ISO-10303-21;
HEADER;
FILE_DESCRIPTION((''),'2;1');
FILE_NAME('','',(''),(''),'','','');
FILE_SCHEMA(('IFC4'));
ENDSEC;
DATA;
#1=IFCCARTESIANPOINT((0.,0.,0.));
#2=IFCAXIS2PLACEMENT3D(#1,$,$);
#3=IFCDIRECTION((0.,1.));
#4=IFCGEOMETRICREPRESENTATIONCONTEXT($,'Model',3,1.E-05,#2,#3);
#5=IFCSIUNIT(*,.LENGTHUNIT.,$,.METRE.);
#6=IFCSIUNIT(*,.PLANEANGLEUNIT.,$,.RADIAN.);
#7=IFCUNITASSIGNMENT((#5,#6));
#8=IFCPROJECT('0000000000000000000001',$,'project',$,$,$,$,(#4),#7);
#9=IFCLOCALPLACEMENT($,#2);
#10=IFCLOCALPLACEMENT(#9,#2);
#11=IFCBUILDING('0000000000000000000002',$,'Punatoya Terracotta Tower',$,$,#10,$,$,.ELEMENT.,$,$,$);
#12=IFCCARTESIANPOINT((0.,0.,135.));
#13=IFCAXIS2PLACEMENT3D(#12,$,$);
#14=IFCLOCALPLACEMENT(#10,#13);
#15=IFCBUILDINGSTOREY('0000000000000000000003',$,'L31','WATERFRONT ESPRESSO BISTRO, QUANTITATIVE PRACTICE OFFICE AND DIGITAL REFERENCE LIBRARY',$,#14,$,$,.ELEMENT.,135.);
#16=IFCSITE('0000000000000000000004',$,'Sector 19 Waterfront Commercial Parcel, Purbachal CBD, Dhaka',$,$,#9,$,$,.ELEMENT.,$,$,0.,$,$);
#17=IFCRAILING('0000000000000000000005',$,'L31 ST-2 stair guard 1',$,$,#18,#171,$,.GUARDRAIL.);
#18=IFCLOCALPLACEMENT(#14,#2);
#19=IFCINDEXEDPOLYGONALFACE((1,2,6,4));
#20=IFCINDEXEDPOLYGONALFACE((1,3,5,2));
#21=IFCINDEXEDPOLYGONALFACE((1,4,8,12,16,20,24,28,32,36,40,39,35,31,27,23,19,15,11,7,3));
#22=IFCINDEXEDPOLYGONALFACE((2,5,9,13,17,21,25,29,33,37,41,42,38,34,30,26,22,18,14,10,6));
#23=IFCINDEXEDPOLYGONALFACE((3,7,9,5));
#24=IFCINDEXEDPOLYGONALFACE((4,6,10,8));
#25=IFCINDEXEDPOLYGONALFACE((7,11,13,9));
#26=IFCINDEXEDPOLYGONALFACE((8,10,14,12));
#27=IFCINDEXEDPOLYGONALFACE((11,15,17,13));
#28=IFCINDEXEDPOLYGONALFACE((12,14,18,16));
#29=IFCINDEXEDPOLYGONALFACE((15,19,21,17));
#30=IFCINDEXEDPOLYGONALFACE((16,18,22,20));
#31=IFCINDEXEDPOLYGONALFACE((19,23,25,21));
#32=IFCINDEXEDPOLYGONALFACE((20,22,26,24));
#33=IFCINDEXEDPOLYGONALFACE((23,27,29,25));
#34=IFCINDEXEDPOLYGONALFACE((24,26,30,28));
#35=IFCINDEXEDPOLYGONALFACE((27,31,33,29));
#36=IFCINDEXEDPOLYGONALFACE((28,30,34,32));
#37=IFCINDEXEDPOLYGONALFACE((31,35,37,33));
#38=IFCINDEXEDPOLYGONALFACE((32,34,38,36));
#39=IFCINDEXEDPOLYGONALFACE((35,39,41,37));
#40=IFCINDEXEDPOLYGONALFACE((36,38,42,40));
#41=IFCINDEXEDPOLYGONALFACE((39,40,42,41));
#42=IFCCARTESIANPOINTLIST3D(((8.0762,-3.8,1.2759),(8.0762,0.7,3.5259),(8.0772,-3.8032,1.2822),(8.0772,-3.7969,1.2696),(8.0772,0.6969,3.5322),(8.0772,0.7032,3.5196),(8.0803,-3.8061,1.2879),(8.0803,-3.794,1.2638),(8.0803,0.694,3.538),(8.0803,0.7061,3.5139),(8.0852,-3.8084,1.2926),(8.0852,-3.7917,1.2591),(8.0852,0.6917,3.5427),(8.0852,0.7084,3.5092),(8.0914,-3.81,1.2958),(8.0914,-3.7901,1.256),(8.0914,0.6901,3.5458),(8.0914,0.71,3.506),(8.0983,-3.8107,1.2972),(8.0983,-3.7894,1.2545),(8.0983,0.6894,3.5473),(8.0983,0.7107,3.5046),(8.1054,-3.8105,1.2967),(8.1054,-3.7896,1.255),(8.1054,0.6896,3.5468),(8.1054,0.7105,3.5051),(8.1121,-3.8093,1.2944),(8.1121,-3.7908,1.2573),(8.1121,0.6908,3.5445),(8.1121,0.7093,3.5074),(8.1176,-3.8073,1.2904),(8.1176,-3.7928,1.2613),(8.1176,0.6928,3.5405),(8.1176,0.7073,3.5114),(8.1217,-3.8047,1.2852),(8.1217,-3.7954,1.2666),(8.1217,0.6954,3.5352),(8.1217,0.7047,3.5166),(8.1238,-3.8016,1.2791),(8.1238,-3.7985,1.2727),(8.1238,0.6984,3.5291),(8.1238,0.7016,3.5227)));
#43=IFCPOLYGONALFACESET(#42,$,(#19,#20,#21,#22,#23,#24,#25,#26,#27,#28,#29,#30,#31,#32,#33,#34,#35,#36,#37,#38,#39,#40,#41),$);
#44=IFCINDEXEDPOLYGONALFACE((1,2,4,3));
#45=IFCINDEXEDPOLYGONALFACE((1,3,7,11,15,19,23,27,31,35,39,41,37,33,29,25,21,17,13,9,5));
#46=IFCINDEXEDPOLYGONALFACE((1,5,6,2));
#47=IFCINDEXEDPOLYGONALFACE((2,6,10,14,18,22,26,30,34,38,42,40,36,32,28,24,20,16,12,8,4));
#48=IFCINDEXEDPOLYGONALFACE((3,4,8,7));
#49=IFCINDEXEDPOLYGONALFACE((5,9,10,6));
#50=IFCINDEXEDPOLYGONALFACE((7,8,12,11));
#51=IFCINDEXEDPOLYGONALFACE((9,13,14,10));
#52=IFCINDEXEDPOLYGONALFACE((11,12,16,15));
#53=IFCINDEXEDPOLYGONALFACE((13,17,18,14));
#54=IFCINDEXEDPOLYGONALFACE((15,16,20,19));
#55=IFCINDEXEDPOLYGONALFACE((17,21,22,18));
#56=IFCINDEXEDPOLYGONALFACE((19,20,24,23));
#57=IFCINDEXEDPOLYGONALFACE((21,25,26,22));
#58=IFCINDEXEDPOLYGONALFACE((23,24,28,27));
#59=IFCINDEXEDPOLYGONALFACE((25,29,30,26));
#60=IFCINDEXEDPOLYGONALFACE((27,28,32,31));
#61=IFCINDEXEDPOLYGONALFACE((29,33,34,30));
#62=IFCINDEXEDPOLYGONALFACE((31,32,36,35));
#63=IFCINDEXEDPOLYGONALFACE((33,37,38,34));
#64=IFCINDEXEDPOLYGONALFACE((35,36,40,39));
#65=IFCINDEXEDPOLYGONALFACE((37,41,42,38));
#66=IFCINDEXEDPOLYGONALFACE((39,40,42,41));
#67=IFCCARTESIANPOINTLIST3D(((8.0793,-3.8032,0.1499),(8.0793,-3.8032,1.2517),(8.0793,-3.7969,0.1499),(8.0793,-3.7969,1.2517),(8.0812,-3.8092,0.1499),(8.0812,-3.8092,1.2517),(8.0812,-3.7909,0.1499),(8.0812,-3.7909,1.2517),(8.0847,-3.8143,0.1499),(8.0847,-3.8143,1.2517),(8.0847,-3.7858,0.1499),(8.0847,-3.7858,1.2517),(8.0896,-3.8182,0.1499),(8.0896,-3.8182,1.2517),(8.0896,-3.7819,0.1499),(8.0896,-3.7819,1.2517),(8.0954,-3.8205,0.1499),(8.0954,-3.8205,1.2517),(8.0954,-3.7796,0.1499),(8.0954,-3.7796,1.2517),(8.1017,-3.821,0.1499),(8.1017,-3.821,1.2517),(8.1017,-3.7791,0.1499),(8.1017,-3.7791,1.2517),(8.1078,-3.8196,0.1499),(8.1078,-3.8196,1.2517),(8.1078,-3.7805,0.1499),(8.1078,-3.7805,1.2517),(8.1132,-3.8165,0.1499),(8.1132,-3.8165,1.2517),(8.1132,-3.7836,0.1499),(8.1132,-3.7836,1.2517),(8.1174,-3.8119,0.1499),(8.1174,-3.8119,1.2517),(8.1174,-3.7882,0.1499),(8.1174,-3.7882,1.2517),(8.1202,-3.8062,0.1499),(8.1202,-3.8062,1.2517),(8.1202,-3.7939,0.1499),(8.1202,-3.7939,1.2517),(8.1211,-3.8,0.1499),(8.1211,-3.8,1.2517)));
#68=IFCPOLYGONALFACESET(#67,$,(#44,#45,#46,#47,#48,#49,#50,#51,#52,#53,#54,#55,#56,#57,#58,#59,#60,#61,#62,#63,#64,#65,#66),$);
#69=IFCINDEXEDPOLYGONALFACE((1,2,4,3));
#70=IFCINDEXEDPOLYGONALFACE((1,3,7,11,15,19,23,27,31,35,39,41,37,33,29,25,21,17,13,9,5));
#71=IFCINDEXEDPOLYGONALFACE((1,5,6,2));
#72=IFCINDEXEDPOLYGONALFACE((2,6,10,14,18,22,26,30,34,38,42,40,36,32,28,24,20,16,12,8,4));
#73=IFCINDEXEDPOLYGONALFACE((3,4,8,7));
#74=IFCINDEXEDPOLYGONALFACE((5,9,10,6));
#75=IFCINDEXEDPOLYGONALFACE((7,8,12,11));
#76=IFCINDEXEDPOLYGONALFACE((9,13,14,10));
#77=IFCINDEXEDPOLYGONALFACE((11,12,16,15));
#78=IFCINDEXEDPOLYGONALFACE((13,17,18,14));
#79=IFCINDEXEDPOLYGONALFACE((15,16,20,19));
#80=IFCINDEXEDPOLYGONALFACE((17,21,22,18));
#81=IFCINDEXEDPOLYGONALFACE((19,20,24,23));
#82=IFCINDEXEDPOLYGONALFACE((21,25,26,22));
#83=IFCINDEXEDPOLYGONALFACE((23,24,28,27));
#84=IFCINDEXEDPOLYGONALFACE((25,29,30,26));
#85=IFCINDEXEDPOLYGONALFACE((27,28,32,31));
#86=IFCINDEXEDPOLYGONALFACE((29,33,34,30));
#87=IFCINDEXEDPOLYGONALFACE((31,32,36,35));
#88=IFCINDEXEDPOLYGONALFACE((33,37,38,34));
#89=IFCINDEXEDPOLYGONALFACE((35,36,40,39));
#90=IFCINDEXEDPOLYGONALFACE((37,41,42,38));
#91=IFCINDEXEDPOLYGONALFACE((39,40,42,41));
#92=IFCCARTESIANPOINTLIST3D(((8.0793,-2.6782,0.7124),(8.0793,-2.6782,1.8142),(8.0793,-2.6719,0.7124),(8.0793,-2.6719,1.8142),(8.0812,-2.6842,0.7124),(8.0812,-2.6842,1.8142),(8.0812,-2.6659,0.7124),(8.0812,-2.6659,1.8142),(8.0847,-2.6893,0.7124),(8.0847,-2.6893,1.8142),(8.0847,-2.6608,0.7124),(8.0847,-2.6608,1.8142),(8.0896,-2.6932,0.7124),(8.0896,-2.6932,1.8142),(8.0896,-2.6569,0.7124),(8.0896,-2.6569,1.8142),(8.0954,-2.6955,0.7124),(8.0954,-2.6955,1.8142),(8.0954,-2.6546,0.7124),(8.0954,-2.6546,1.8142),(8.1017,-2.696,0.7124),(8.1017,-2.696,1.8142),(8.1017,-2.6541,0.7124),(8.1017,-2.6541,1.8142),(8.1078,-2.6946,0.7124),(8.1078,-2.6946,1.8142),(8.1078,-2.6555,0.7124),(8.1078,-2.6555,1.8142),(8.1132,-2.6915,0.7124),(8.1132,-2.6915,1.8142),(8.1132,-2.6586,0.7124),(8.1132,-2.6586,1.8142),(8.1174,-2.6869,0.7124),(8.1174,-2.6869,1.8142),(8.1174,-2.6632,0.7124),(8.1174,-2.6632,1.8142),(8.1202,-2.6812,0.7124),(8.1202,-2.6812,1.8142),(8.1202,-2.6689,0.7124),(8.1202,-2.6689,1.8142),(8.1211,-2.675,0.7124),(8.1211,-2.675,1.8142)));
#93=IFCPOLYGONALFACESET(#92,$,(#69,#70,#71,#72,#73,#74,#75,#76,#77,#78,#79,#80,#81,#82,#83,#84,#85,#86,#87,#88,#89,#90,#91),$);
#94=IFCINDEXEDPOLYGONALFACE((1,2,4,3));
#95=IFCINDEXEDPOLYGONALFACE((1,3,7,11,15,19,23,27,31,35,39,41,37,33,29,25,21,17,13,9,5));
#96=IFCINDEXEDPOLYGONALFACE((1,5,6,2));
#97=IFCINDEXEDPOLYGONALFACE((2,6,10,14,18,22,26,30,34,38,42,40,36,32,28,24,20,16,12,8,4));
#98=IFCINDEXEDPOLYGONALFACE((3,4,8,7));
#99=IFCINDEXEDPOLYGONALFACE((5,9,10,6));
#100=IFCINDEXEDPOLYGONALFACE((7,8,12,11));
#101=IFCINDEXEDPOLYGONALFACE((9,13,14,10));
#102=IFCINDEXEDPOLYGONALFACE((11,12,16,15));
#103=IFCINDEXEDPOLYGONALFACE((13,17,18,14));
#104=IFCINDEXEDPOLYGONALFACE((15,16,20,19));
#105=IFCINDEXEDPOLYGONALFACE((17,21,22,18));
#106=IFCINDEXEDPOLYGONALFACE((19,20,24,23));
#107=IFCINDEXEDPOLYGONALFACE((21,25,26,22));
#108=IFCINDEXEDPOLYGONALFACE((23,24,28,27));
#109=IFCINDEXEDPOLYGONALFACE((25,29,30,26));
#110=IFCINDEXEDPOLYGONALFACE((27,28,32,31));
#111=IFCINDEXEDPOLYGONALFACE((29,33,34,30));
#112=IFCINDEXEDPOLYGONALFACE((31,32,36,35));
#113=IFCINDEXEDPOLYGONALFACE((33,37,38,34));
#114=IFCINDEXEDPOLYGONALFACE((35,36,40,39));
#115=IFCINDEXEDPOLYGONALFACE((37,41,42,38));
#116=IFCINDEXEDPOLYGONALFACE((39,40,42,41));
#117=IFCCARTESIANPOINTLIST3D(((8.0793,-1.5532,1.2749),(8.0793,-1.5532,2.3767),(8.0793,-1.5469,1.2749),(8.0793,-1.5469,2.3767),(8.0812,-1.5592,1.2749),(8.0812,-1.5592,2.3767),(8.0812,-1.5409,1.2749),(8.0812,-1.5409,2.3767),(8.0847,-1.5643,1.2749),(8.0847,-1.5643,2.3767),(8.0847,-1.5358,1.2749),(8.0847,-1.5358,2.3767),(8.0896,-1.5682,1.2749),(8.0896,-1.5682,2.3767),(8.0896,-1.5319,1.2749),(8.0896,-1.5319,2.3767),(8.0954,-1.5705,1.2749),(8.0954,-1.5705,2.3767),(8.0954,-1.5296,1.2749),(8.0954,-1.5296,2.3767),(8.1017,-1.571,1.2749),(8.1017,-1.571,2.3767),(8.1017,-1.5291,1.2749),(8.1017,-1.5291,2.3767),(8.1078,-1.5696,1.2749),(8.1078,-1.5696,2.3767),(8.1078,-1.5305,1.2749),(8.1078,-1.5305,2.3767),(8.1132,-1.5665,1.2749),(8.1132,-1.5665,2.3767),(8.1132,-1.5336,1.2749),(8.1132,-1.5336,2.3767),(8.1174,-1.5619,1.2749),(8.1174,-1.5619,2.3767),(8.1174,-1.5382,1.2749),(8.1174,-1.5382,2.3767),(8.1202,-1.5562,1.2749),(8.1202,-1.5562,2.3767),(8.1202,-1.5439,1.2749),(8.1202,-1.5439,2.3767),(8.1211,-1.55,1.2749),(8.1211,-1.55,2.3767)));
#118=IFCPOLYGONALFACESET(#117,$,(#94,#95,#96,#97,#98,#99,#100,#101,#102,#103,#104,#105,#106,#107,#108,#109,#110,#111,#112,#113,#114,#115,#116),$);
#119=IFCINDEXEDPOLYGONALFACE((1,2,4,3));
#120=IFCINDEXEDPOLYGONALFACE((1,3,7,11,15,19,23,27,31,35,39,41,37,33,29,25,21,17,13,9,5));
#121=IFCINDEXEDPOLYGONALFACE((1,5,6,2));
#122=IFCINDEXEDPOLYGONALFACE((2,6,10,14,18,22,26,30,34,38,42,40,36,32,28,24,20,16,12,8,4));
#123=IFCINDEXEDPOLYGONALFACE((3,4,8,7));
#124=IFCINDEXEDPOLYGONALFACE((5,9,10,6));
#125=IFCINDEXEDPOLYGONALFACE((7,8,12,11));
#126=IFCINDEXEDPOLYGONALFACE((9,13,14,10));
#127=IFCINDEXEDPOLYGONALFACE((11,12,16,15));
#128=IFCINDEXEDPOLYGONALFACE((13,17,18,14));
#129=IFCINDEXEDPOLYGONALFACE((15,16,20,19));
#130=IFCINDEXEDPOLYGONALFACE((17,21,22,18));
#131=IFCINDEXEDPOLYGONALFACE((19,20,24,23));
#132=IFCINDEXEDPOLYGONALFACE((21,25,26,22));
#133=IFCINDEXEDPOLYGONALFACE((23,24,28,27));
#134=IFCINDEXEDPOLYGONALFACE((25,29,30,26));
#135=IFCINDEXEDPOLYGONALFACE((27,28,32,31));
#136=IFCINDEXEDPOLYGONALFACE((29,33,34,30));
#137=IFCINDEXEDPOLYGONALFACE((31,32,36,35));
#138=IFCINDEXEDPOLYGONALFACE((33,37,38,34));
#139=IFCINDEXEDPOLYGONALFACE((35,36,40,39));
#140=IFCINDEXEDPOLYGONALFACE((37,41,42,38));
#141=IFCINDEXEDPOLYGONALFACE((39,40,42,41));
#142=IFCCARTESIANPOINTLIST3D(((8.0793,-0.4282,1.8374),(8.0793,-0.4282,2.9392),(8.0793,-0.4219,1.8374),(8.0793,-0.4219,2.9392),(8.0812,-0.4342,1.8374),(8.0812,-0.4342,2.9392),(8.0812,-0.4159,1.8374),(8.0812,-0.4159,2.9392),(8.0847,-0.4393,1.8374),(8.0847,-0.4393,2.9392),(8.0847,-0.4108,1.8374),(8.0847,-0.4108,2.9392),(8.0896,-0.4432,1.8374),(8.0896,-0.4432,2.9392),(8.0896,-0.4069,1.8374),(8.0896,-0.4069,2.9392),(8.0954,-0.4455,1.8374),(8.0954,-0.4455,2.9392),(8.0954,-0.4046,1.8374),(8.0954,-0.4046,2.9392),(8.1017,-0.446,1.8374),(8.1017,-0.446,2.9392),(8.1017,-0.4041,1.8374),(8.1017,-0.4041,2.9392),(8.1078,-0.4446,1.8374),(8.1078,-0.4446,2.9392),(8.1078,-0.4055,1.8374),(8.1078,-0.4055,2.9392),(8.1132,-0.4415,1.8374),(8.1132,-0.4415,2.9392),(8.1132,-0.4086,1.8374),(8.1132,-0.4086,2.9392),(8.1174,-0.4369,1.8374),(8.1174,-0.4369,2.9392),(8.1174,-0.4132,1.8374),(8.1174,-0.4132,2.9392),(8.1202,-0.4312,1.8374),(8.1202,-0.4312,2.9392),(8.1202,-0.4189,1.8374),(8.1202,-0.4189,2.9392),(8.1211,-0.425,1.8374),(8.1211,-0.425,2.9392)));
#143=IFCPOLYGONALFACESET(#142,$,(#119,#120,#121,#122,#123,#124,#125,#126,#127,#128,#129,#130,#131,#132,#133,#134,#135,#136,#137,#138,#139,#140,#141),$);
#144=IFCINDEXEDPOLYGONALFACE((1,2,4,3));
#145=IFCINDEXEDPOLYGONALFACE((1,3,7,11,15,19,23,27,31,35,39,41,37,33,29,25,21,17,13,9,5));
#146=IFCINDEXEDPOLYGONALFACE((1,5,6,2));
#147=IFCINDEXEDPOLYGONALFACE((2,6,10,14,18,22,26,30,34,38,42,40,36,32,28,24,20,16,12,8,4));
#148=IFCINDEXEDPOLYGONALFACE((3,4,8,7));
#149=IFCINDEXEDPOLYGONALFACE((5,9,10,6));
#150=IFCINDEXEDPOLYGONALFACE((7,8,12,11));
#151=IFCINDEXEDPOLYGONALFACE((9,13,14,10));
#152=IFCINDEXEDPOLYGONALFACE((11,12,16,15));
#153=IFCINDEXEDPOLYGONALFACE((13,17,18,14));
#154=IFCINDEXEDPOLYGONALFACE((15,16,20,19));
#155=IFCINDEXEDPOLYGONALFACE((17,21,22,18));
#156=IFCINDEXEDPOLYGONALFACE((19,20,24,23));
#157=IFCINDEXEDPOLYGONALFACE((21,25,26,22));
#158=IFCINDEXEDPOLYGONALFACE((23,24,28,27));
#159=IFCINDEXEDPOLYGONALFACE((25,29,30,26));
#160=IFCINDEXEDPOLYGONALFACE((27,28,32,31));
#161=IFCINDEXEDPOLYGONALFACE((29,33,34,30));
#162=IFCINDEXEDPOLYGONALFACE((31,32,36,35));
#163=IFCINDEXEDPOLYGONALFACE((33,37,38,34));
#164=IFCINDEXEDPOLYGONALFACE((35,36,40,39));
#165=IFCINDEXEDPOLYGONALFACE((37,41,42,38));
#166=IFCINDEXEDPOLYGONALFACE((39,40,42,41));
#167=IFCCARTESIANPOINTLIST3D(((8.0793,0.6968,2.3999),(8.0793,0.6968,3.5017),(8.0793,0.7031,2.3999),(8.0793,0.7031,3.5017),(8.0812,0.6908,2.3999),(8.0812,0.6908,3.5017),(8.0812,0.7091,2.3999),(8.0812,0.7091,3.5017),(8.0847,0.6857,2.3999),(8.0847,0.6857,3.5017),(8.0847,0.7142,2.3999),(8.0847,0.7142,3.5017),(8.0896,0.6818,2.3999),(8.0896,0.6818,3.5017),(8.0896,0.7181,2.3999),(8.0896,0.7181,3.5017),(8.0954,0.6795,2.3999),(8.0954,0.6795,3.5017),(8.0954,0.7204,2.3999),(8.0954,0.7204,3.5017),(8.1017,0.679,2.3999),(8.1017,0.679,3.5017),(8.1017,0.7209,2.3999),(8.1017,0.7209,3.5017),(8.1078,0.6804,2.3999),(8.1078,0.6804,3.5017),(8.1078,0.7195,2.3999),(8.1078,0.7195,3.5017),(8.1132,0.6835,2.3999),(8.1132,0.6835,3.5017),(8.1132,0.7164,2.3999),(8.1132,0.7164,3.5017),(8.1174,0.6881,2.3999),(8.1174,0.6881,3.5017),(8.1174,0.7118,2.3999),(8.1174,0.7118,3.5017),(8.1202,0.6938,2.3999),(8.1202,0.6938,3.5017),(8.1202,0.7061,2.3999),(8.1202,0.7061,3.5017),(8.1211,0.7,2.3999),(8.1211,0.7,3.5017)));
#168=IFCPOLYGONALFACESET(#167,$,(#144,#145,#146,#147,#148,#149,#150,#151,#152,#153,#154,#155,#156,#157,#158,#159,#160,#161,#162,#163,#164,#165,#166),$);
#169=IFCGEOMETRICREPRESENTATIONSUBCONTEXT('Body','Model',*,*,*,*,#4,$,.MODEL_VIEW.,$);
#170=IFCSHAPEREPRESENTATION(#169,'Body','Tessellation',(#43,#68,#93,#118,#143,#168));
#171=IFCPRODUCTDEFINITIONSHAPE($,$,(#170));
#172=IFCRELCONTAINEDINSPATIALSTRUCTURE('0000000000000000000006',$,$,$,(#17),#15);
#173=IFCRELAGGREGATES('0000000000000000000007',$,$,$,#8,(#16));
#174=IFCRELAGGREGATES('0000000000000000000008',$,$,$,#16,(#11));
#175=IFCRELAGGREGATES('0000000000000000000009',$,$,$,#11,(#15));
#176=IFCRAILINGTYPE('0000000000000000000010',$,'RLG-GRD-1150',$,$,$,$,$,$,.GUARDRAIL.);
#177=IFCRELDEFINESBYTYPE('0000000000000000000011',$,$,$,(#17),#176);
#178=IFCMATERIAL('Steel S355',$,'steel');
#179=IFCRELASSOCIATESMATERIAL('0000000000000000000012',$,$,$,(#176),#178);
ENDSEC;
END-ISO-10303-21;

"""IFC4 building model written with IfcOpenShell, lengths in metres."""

from ifc_helpers import new_model, si_unit, direction, frame, origin, origin_2d, place, context, subcontext, project, spatial, circle, extrude, material, type_object, element, save


model = new_model("IFC4")

# Units and contexts
model_context = context("Model", 3, precision=1e-05, world=origin(), true_north=direction((0.0, 1.0)))
body_context = subcontext(model_context, "Body", "Model", "MODEL_VIEW")
ifc_project = project(units=[si_unit("LENGTHUNIT", "METRE"), si_unit("PLANEANGLEUNIT", "RADIAN")], contexts=[model_context])

# Site, building, storey
site_placement = place(None, origin())
site = spatial("IfcSite", under=ifc_project, at=site_placement, Name="Sector 19 Waterfront Commercial Parcel, Purbachal CBD, Dhaka", CompositionType="ELEMENT", RefElevation=0.0)
building_placement = place(site_placement, origin())
building = spatial("IfcBuilding", under=site, at=building_placement, Name="Punatoya Terracotta Tower", CompositionType="ELEMENT")
storey_placement = place(building_placement, frame((0.0, 0.0, 135.0)))
storey = spatial("IfcBuildingStorey", under=building, at=storey_placement, Name="L31", Description="WATERFRONT ESPRESSO BISTRO, QUANTITATIVE PRACTICE OFFICE AND DIGITAL REFERENCE LIBRARY", CompositionType="ELEMENT", Elevation=135.0)

# Shared definitions
ifc_material_1 = material(Name="Steel S355", Category="steel")

# Railing
railing_type_1 = type_object("IfcRailingType", Name="RLG-GRD-1150", PredefinedType="GUARDRAIL", material=ifc_material_1)
railing_1_placement = place(storey_placement, frame((8.1001, -3.8, 0.1499)))
element("IfcRailing", 1, at=railing_1_placement, inside=storey, type_object=railing_type_1, Name="L31 ST-2 stair guard 1", PredefinedType="GUARDRAIL", context=body_context, shape_type="SweptSolid", body=[
    extrude(circle(Radius=0.0239, at=origin_2d()), frame((0.0, 0.0, 1.126), z_axis=(0.0, 0.894427, 0.447214), x_axis=(-1.0, 0.0, 0.0)), (0.0, 0.0, 1.0), 5.0312),
    extrude(circle(Radius=0.021, at=origin_2d()), origin(), (0.0, 0.0, 1.0), 1.1018),
    extrude(circle(Radius=0.021, at=origin_2d()), frame((0.0, 1.125, 0.5625)), (0.0, 0.0, 1.0), 1.1018),
    extrude(circle(Radius=0.021, at=origin_2d()), frame((0.0, 2.25, 1.125)), (0.0, 0.0, 1.0), 1.1018),
    extrude(circle(Radius=0.021, at=origin_2d()), frame((0.0, 3.375, 1.6875)), (0.0, 0.0, 1.0), 1.1018),
    extrude(circle(Radius=0.021, at=origin_2d()), frame((0.0, 4.5, 2.25)), (0.0, 0.0, 1.0), 1.1018),
])

save(model, "model.ifc")
